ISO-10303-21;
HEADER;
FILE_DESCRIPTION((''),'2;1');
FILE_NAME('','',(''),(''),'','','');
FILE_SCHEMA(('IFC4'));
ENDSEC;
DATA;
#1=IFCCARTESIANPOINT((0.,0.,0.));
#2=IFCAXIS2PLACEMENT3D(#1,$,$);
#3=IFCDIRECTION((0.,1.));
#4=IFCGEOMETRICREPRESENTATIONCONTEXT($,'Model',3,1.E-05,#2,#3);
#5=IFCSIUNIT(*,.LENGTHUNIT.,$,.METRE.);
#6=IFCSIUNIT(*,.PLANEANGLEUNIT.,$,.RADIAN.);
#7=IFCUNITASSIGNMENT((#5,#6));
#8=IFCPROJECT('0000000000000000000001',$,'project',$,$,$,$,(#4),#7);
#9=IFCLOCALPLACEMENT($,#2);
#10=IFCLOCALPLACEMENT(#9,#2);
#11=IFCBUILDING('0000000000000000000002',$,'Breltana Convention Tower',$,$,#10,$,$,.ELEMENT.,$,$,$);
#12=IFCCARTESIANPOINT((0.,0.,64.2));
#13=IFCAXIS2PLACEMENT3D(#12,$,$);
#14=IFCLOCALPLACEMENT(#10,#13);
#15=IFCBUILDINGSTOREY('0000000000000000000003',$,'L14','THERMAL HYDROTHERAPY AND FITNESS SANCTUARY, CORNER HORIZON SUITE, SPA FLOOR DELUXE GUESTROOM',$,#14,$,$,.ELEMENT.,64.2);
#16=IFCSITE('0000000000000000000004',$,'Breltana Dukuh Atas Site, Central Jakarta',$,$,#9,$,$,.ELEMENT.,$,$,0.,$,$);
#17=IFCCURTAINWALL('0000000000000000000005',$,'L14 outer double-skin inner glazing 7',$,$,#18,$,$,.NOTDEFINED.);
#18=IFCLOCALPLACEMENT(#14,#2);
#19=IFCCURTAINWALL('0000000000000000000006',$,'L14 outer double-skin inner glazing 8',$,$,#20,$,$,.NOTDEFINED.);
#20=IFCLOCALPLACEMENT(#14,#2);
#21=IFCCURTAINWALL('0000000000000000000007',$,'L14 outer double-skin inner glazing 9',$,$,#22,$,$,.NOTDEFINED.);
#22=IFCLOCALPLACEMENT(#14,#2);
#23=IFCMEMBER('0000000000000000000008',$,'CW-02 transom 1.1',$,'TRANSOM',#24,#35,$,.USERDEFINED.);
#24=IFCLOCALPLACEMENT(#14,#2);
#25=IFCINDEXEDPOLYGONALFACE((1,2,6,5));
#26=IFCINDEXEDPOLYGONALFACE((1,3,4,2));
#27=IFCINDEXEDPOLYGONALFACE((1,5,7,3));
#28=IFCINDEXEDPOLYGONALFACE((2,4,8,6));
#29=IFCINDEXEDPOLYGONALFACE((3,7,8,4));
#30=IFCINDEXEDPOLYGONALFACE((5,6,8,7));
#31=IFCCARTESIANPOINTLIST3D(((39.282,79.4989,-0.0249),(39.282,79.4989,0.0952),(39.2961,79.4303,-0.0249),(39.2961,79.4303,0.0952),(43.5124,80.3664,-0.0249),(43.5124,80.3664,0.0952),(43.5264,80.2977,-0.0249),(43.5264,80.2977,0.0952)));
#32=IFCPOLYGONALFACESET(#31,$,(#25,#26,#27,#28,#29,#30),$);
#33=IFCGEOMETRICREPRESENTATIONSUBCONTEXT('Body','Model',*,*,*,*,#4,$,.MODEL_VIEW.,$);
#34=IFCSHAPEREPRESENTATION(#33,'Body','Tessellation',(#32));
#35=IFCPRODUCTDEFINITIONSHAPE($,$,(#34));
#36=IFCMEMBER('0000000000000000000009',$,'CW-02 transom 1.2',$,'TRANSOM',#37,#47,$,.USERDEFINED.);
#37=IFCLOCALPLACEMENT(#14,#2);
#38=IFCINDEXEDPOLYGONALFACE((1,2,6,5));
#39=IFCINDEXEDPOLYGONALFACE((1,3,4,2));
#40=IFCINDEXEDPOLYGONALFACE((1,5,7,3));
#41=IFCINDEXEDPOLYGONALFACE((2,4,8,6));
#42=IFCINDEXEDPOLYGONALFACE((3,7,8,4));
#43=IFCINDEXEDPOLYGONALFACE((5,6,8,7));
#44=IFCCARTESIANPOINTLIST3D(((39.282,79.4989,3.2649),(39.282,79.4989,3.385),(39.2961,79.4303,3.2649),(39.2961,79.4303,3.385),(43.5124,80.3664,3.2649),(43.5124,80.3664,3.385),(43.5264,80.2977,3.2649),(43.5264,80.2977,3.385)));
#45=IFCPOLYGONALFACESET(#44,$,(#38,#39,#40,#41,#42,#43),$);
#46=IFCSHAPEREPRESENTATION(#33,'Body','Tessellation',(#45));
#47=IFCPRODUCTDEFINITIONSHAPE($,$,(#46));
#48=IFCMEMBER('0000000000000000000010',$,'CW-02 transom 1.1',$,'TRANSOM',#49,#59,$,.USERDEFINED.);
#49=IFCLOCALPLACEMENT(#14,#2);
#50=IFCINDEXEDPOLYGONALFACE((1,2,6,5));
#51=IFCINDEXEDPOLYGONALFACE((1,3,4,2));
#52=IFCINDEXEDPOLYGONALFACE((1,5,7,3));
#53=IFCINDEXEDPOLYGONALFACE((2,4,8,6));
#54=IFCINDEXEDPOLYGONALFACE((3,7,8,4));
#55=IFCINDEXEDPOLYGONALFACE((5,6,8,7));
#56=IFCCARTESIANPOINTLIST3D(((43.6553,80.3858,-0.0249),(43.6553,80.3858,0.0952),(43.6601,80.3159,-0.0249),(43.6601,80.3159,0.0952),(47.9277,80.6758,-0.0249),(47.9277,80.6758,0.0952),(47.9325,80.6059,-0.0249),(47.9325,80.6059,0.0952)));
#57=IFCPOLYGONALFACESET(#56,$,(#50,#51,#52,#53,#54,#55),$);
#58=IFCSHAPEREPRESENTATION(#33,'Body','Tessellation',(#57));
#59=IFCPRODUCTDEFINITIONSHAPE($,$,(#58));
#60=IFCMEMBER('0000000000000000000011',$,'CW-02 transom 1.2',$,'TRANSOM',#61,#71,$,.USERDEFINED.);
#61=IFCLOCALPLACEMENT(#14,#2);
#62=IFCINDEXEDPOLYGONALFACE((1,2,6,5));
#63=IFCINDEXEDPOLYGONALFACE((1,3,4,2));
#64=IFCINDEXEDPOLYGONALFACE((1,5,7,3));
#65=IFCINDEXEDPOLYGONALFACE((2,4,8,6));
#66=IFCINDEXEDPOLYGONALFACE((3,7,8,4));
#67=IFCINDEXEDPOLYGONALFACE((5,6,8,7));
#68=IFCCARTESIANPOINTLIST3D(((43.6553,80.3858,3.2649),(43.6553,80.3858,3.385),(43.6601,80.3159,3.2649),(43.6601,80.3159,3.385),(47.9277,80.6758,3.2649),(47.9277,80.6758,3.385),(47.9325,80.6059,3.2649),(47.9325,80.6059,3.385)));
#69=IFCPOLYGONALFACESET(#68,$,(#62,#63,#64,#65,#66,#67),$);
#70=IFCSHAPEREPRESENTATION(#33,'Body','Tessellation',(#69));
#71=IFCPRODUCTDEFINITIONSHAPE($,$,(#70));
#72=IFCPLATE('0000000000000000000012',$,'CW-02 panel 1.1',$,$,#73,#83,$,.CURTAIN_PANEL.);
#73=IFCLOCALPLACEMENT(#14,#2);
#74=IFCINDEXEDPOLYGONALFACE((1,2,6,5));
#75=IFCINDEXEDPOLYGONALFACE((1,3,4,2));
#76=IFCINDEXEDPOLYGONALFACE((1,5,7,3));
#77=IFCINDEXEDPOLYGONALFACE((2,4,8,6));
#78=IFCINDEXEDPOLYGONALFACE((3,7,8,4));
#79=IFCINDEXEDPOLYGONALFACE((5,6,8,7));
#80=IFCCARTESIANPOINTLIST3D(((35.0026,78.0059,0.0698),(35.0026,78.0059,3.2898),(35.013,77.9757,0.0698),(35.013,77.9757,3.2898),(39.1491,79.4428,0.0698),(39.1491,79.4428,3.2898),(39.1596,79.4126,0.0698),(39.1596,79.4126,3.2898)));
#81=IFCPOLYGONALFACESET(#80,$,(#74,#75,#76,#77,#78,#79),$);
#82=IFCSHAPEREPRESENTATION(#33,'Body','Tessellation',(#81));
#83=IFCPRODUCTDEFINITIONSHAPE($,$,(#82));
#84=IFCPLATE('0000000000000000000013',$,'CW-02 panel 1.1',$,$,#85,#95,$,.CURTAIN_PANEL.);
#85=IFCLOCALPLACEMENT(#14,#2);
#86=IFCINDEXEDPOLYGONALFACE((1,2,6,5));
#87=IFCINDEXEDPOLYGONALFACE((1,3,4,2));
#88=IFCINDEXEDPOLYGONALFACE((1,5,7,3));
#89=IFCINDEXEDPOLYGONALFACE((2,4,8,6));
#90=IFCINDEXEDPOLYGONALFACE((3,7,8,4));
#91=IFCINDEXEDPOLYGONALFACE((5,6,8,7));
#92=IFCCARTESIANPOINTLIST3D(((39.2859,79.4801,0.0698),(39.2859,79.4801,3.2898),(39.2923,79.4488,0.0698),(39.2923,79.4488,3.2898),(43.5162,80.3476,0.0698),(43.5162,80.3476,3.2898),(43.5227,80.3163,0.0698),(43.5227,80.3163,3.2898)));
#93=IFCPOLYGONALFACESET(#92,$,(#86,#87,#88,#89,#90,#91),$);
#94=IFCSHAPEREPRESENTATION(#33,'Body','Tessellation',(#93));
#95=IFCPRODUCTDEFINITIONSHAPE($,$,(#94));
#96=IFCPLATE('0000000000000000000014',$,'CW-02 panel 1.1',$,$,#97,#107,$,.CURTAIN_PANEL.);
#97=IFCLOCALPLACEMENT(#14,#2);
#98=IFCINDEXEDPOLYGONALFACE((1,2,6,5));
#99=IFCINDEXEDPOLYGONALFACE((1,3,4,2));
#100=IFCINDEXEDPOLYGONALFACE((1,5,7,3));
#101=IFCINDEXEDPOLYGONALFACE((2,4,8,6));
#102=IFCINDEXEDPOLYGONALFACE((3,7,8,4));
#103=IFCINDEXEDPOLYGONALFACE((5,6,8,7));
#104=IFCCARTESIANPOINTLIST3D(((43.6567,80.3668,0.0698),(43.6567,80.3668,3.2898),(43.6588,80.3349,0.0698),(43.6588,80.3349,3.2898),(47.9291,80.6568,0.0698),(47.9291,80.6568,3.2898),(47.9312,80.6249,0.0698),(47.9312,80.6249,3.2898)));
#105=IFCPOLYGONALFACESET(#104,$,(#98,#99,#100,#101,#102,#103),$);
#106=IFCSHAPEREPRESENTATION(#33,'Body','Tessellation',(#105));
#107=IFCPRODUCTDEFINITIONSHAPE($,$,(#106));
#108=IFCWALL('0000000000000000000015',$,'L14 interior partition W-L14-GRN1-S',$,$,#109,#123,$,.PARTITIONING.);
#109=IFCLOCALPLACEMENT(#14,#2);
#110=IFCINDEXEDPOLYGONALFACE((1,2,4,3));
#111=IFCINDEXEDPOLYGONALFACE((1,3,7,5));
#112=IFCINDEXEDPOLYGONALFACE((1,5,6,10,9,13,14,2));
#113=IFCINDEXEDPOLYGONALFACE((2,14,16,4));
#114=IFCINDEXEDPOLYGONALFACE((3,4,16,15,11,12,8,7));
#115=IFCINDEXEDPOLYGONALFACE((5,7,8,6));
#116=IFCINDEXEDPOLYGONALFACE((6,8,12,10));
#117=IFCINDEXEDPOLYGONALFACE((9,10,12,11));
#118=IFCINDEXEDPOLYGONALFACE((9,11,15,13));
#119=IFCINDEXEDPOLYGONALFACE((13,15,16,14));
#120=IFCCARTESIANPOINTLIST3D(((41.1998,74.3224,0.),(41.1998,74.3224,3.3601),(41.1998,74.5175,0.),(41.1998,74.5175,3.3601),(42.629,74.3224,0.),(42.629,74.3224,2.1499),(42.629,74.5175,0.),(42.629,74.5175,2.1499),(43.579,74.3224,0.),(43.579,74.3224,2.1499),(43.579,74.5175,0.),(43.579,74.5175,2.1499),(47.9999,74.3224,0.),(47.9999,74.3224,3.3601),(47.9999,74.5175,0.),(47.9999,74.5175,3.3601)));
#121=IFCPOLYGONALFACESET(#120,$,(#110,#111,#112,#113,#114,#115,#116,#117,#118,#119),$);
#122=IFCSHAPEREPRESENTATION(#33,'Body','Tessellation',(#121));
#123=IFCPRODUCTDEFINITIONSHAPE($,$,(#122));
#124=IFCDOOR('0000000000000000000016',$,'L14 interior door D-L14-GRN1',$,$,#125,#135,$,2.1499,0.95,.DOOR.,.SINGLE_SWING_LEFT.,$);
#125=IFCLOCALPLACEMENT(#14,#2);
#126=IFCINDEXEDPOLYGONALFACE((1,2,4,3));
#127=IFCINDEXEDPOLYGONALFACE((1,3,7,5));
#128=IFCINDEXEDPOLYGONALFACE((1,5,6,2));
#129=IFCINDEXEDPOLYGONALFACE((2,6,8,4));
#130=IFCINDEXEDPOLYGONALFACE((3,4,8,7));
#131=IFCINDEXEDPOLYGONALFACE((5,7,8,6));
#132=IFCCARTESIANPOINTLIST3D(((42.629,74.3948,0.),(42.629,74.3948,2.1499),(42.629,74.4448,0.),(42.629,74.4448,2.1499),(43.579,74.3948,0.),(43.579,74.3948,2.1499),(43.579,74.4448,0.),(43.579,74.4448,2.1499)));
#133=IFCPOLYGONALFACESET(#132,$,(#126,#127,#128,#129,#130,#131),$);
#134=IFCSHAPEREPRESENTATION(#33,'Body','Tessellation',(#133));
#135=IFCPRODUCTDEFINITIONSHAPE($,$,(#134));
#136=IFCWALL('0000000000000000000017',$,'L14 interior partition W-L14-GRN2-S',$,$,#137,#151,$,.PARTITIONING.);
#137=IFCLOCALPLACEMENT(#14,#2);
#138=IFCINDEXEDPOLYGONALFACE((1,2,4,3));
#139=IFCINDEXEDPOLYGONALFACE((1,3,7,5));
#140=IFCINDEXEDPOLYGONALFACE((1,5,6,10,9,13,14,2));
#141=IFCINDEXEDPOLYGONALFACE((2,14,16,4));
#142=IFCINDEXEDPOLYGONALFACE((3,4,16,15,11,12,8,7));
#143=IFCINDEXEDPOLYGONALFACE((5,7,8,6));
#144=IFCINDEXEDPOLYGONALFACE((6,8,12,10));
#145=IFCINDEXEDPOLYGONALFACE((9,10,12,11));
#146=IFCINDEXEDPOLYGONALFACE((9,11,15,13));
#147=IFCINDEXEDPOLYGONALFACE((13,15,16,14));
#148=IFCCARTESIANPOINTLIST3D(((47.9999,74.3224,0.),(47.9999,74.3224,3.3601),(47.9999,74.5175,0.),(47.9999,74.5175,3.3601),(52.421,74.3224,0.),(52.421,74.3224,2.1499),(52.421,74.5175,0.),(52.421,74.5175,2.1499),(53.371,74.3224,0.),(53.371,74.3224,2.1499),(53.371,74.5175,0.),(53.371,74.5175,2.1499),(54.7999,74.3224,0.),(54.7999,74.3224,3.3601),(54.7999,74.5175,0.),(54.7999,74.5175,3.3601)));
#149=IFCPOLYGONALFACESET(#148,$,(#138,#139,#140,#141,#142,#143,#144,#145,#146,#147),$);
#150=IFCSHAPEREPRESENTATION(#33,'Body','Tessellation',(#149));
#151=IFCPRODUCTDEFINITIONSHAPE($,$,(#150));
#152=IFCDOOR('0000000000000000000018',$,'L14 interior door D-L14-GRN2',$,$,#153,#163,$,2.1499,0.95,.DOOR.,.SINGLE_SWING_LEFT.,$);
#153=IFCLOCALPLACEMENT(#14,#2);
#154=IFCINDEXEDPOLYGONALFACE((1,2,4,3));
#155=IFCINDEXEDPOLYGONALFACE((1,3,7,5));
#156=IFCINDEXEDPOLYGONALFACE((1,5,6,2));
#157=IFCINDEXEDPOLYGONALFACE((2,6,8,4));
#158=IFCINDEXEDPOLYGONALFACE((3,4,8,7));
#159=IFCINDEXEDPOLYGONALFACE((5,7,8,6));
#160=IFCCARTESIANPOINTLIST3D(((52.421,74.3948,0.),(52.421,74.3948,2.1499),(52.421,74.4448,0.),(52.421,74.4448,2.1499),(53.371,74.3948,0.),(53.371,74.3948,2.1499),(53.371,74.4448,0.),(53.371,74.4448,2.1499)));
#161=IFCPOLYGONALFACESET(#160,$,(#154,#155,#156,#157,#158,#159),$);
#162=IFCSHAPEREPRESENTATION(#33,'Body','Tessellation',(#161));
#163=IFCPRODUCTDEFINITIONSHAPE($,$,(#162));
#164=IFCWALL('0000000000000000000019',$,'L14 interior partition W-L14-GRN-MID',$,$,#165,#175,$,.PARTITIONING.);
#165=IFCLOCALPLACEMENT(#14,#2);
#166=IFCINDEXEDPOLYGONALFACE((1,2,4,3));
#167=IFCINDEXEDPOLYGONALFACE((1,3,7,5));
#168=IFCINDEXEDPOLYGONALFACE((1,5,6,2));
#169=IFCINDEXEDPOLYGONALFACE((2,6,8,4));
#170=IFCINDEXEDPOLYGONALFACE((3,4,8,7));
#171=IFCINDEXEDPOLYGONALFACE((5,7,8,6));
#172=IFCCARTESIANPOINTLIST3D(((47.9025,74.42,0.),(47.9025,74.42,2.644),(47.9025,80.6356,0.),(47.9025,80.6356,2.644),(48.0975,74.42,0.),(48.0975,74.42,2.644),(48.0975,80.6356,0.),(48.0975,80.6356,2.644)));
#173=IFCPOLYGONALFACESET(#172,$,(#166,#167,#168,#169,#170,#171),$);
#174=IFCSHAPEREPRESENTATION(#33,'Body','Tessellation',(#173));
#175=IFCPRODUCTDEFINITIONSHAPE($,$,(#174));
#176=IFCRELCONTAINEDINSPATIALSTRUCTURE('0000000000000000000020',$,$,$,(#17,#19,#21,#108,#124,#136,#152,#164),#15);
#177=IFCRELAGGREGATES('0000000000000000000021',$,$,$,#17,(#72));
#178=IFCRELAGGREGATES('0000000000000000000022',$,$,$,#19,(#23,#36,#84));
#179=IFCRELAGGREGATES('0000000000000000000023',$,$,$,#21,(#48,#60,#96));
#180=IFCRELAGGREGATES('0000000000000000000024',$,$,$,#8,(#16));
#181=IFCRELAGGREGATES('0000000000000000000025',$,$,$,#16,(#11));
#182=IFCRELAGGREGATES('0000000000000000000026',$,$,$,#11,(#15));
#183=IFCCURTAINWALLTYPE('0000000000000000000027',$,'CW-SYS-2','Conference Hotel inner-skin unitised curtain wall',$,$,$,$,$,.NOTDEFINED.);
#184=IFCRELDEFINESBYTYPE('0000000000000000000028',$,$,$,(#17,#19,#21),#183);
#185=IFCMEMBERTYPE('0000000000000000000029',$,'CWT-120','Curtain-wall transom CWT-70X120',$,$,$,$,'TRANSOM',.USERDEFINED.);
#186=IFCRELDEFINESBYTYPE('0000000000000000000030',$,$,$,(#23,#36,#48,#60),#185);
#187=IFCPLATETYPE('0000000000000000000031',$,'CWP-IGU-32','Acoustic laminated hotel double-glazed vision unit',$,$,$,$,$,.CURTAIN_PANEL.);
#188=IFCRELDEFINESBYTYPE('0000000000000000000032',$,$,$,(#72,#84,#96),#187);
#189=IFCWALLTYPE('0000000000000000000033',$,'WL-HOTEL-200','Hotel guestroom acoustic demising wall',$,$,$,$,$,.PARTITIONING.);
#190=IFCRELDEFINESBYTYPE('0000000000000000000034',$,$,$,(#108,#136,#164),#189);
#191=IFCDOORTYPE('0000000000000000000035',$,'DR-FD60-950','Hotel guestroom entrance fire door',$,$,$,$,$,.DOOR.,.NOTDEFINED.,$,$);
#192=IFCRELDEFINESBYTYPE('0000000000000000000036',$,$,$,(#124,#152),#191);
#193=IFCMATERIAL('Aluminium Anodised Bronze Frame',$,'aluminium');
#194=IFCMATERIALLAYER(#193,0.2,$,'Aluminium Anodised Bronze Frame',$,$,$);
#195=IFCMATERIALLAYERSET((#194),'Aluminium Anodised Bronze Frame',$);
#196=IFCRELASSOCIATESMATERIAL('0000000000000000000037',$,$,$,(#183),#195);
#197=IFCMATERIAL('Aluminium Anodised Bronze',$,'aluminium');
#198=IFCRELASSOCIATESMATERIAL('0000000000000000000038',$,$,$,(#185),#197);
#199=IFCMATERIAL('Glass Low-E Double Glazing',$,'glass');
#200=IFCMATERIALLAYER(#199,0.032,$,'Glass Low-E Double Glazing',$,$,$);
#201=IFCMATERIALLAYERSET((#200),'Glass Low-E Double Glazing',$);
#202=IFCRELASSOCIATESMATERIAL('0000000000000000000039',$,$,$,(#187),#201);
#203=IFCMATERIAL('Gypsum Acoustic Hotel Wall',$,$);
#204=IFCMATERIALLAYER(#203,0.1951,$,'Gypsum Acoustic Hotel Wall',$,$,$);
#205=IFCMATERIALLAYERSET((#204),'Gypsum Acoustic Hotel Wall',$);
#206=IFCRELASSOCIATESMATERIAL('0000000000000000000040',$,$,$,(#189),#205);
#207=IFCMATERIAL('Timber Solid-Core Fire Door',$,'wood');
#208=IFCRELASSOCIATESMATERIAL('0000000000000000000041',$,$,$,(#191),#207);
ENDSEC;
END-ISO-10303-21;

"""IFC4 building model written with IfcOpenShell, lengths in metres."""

from ifc_helpers import new_model, si_unit, direction, frame, frame_2d, origin, origin_2d, place, context, subcontext, project, spatial, rectangle, extrude, source, transform, mapped, material, layer, layer_set, material_profile, profile_set, type_object, type_shapes, element, fill, aggregate, save


model = new_model("IFC4")

# Units and contexts
model_context = context("Model", 3, precision=1e-05, world=origin(), true_north=direction((0.0, 1.0)))
body_context = subcontext(model_context, "Body", "Model", "MODEL_VIEW")
ifc_project = project(units=[si_unit("LENGTHUNIT", "METRE"), si_unit("PLANEANGLEUNIT", "RADIAN")], contexts=[model_context])

# Site, building, storey
site_placement = place(None, origin())
site = spatial("IfcSite", under=ifc_project, at=site_placement, Name="Breltana Dukuh Atas Site, Central Jakarta", CompositionType="ELEMENT", RefElevation=0.0)
building_placement = place(site_placement, origin())
building = spatial("IfcBuilding", under=site, at=building_placement, Name="Breltana Convention Tower", CompositionType="ELEMENT")
storey_placement = place(building_placement, frame((0.0, 0.0, 64.2)))
storey = spatial("IfcBuildingStorey", under=building, at=storey_placement, Name="L14", Description="THERMAL HYDROTHERAPY AND FITNESS SANCTUARY, CORNER HORIZON SUITE, SPA FLOOR DELUXE GUESTROOM", CompositionType="ELEMENT", Elevation=64.2)

# Curtain walls
ifc_material_1 = material(Name="Aluminium Anodised Bronze Frame", Category="aluminium")
ifc_layer_1 = layer(ifc_material_1, 0.2, Name="Aluminium Anodised Bronze Frame")
ifc_layer_set_1 = layer_set([ifc_layer_1], Name="Aluminium Anodised Bronze Frame")
curtain_wall_type = type_object("IfcCurtainWallType", Name="CW-SYS-2", Description="Conference Hotel inner-skin unitised curtain wall", PredefinedType="NOTDEFINED", material=ifc_layer_set_1)
curtain_wall_1_placement = place(storey_placement, origin())
curtain_wall_1 = element("IfcCurtainWall", 1, at=curtain_wall_1_placement, inside=storey, type_object=curtain_wall_type, Name="L14 outer double-skin inner glazing 7", PredefinedType="NOTDEFINED")
ifc_material_2 = material(Name="Aluminium Anodised Bronze", Category="aluminium")
curtain_wall_2_placement = place(storey_placement, origin())
curtain_wall_2 = element("IfcCurtainWall", 2, at=curtain_wall_2_placement, inside=storey, type_object=curtain_wall_type, Name="L14 outer double-skin inner glazing 8", PredefinedType="NOTDEFINED")
curtain_wall_3_placement = place(storey_placement, origin())
curtain_wall_3 = element("IfcCurtainWall", 3, at=curtain_wall_3_placement, inside=storey, type_object=curtain_wall_type, Name="L14 outer double-skin inner glazing 9", PredefinedType="NOTDEFINED")

# Members
ifc_material_profile_1 = material_profile(ifc_material_2, rectangle(XDim=0.0701, YDim=0.1201, at=origin_2d()), Name="CWT-70X120")
ifc_profile_set_1 = profile_set([ifc_material_profile_1], Name="Aluminium Anodised Bronze")
member_type_1 = type_object("IfcMemberType", Name="CWT-120", Description="Curtain-wall transom CWT-70X120", ElementType="TRANSOM", PredefinedType="USERDEFINED", material=ifc_profile_set_1)
shared_shape_1 = source(origin(), body_context, "Body", "SweptSolid", [
    extrude(rectangle(XDim=0.0701, YDim=0.1201, at=origin_2d()), origin(), (0.0, 0.0, 1.0), 4.3184),
])
member_1_placement = place(storey_placement, frame((39.2891, 79.4646, 0.0352), z_axis=(0.979617, 0.200876, 0.0), x_axis=(-0.200876, 0.979617, 0.0)))
member_1 = element("IfcMember", 4, at=member_1_placement, type_object=member_type_1, Name="CW-02 transom 1.1", ObjectType="TRANSOM", PredefinedType="USERDEFINED", context=body_context, shape_type="MappedRepresentation", body=[
    mapped(shared_shape_1, transform((0.0, 0.0, 0.0), scale=1.0)),
])
member_2_placement = place(storey_placement, frame((39.2891, 79.4646, 3.325), z_axis=(0.979617, 0.200876, 0.0), x_axis=(-0.200876, 0.979617, 0.0)))
member_2 = element("IfcMember", 5, at=member_2_placement, type_object=member_type_1, Name="CW-02 transom 1.2", ObjectType="TRANSOM", PredefinedType="USERDEFINED", context=body_context, shape_type="MappedRepresentation", body=[
    mapped(shared_shape_1, transform((0.0, 0.0, 0.0), scale=1.0)),
])
shared_shape_2 = source(origin(), body_context, "Body", "SweptSolid", [
    extrude(rectangle(XDim=0.0701, YDim=0.1201, at=origin_2d()), origin(), (0.0, 0.0, 1.0), 4.2822),
])
member_3_placement = place(storey_placement, frame((43.6577, 80.3508, 0.0352), z_axis=(0.997704, 0.06773, 0.0), x_axis=(-0.06773, 0.997704, 0.0)))
member_3 = element("IfcMember", 6, at=member_3_placement, type_object=member_type_1, Name="CW-02 transom 1.1", ObjectType="TRANSOM", PredefinedType="USERDEFINED", context=body_context, shape_type="MappedRepresentation", body=[
    mapped(shared_shape_2, transform((0.0, 0.0, 0.0), scale=1.0)),
])
member_4_placement = place(storey_placement, frame((43.6577, 80.3508, 3.325), z_axis=(0.997704, 0.06773, 0.0), x_axis=(-0.06773, 0.997704, 0.0)))
member_4 = element("IfcMember", 7, at=member_4_placement, type_object=member_type_1, Name="CW-02 transom 1.2", ObjectType="TRANSOM", PredefinedType="USERDEFINED", context=body_context, shape_type="MappedRepresentation", body=[
    mapped(shared_shape_2, transform((0.0, 0.0, 0.0), scale=1.0)),
])

# Plates
ifc_material_3 = material(Name="Glass Low-E Double Glazing", Category="glass")
ifc_layer_2 = layer(ifc_material_3, 0.032, Name="Glass Low-E Double Glazing")
ifc_layer_set_2 = layer_set([ifc_layer_2], Name="Glass Low-E Double Glazing")
plate_type = type_object("IfcPlateType", Name="CWP-IGU-32", Description="Acoustic laminated hotel double-glazed vision unit", PredefinedType="CURTAIN_PANEL", material=ifc_layer_set_2)
shared_shape_3 = source(origin(), body_context, "Body", "SweptSolid", [
    extrude(rectangle(XDim=4.3884, YDim=0.032, at=origin_2d()), origin(), (0.0, 0.0, 1.0), 3.22),
])
plate_1_placement = place(storey_placement, frame((37.0811, 78.7092, 0.0698), z_axis=(0.0, 0.0, 1.0), x_axis=(0.944876, 0.327428, 0.0)))
plate_1 = element("IfcPlate", 8, at=plate_1_placement, type_object=plate_type, Name="CW-02 panel 1.1", PredefinedType="CURTAIN_PANEL", context=body_context, shape_type="MappedRepresentation", body=[
    mapped(shared_shape_3, transform((0.0, 0.0, 0.0), scale=1.0)),
])
aggregate(curtain_wall_1, [plate_1])
shared_shape_4 = source(origin(), body_context, "Body", "SweptSolid", [
    extrude(rectangle(XDim=4.3184, YDim=0.032, at=origin_2d()), origin(), (0.0, 0.0, 1.0), 3.22),
])
plate_2_placement = place(storey_placement, frame((41.4043, 79.8982, 0.0698), z_axis=(0.0, 0.0, 1.0), x_axis=(0.979615, 0.200885, 0.0)))
plate_2 = element("IfcPlate", 9, at=plate_2_placement, type_object=plate_type, Name="CW-02 panel 1.1", PredefinedType="CURTAIN_PANEL", context=body_context, shape_type="MappedRepresentation", body=[
    mapped(shared_shape_4, transform((0.0, 0.0, 0.0), scale=1.0)),
])
aggregate(curtain_wall_2, [member_1, member_2, plate_2])
shared_shape_5 = source(origin(), body_context, "Body", "SweptSolid", [
    extrude(rectangle(XDim=4.2822, YDim=0.032, at=origin_2d()), origin(), (0.0, 0.0, 1.0), 3.22),
])
plate_3_placement = place(storey_placement, frame((45.7939, 80.4958, 0.0698), z_axis=(0.0, 0.0, 1.0), x_axis=(0.997704, 0.067726, 0.0)))
plate_3 = element("IfcPlate", 10, at=plate_3_placement, type_object=plate_type, Name="CW-02 panel 1.1", PredefinedType="CURTAIN_PANEL", context=body_context, shape_type="MappedRepresentation", body=[
    mapped(shared_shape_5, transform((0.0, 0.0, 0.0), scale=1.0)),
])
aggregate(curtain_wall_3, [member_3, member_4, plate_3])

# Walls, openings, doors
ifc_material_4 = material(Name="Gypsum Acoustic Hotel Wall")
ifc_layer_3 = layer(ifc_material_4, 0.1951, Name="Gypsum Acoustic Hotel Wall")
ifc_layer_set_3 = layer_set([ifc_layer_3], Name="Gypsum Acoustic Hotel Wall")
wall_type_1 = type_object("IfcWallType", Name="WL-HOTEL-200", Description="Hotel guestroom acoustic demising wall", PredefinedType="PARTITIONING", material=ifc_layer_set_3)
shared_shape_6 = source(origin(), body_context, "Body", "SweptSolid", [
    extrude(rectangle(XDim=6.8, YDim=0.1951, at=frame_2d((3.3999, 0.0))), origin(), (0.0, 0.0, 1.0), 3.3601),
])
type_shapes(wall_type_1, [shared_shape_6])
wall_1_placement = place(storey_placement, frame((41.2, 74.4199, 0.0), z_axis=(0.0, 0.0, 1.0), x_axis=(1.0, 0.0, 0.0)))
wall_1 = element("IfcWall", 11, at=wall_1_placement, inside=storey, type_object=wall_type_1, Name="L14 interior partition W-L14-GRN1-S", PredefinedType="PARTITIONING", context=body_context, shape_type="MappedRepresentation", body=[
    mapped(shared_shape_6, transform((0.0, 0.0, 0.0), scale=1.0)),
])
opening_1_placement = place(wall_1_placement, frame((1.429, 0.0, 0.0)))
opening_1 = element("IfcOpeningElement", 12, at=opening_1_placement, cuts=wall_1, PredefinedType="OPENING", context=body_context, shape_type="SweptSolid", body=[
    extrude(rectangle(XDim=0.95, YDim=2.1499, at=frame_2d((0.4751, 1.075))), frame((0.0, 0.1074, 0.0), z_axis=(0.0, -1.0, 0.0), x_axis=(1.0, 0.0, 0.0)), (0.0, 0.0, 1.0), 0.2151),
])
ifc_material_5 = material(Name="Timber Solid-Core Fire Door", Category="wood")
door_type_1 = type_object("IfcDoorType", Name="DR-FD60-950", Description="Hotel guestroom entrance fire door", OperationType="NOTDEFINED", PredefinedType="DOOR", material=ifc_material_5)
shared_shape_7 = source(origin(), body_context, "Body", "SweptSolid", [
    extrude(rectangle(XDim=0.95, YDim=2.1499, at=frame_2d((0.4751, 1.075))), frame((0.0, 0.0249, 0.0), z_axis=(0.0, -1.0, 0.0), x_axis=(1.0, 0.0, 0.0)), (0.0, 0.0, 1.0), 0.05),
])
type_shapes(door_type_1, [shared_shape_7])
door_1_placement = place(opening_1_placement, origin())
door_1 = element("IfcDoor", 13, at=door_1_placement, inside=storey, type_object=door_type_1, Name="L14 interior door D-L14-GRN1", OperationType="SINGLE_SWING_LEFT", OverallHeight=2.1499, OverallWidth=0.95, PredefinedType="DOOR", context=body_context, shape_type="MappedRepresentation", body=[
    mapped(shared_shape_7, transform((0.0, 0.0, 0.0), scale=1.0)),
])
fill(opening_1, door_1)
wall_2_placement = place(storey_placement, frame((48.0, 74.4199, 0.0), z_axis=(0.0, 0.0, 1.0), x_axis=(1.0, 0.0, 0.0)))
wall_2 = element("IfcWall", 14, at=wall_2_placement, inside=storey, type_object=wall_type_1, Name="L14 interior partition W-L14-GRN2-S", PredefinedType="PARTITIONING", context=body_context, shape_type="MappedRepresentation", body=[
    mapped(shared_shape_6, transform((0.0, 0.0, 0.0), scale=1.0)),
])
opening_2_placement = place(wall_2_placement, frame((4.4209, 0.0, 0.0)))
opening_2 = element("IfcOpeningElement", 15, at=opening_2_placement, cuts=wall_2, PredefinedType="OPENING", context=body_context, shape_type="SweptSolid", body=[
    extrude(rectangle(XDim=0.95, YDim=2.1499, at=frame_2d((0.4751, 1.075))), frame((0.0, 0.1074, 0.0), z_axis=(0.0, -1.0, 0.0), x_axis=(1.0, 0.0, 0.0)), (0.0, 0.0, 1.0), 0.2151),
])
door_2_placement = place(opening_2_placement, origin())
door_2 = element("IfcDoor", 16, at=door_2_placement, inside=storey, type_object=door_type_1, Name="L14 interior door D-L14-GRN2", OperationType="SINGLE_SWING_LEFT", OverallHeight=2.1499, OverallWidth=0.95, PredefinedType="DOOR", context=body_context, shape_type="MappedRepresentation", body=[
    mapped(shared_shape_7, transform((0.0, 0.0, 0.0), scale=1.0)),
])
fill(opening_2, door_2)

# Wall
shared_shape_8 = source(origin(), body_context, "Body", "SweptSolid", [
    extrude(rectangle(XDim=6.2156, YDim=0.1951, at=frame_2d((3.1079, 0.0))), origin(), (0.0, 0.0, 1.0), 2.644),
])
wall_3_placement = place(storey_placement, frame((48.0, 74.4199, 0.0), z_axis=(0.0, 0.0, 1.0), x_axis=(0.0, 1.0, 0.0)))
element("IfcWall", 17, at=wall_3_placement, inside=storey, type_object=wall_type_1, Name="L14 interior partition W-L14-GRN-MID", PredefinedType="PARTITIONING", context=body_context, shape_type="MappedRepresentation", body=[
    mapped(shared_shape_8, transform((0.0, 0.0, 0.0), scale=1.0)),
])

save(model, "model.ifc")
